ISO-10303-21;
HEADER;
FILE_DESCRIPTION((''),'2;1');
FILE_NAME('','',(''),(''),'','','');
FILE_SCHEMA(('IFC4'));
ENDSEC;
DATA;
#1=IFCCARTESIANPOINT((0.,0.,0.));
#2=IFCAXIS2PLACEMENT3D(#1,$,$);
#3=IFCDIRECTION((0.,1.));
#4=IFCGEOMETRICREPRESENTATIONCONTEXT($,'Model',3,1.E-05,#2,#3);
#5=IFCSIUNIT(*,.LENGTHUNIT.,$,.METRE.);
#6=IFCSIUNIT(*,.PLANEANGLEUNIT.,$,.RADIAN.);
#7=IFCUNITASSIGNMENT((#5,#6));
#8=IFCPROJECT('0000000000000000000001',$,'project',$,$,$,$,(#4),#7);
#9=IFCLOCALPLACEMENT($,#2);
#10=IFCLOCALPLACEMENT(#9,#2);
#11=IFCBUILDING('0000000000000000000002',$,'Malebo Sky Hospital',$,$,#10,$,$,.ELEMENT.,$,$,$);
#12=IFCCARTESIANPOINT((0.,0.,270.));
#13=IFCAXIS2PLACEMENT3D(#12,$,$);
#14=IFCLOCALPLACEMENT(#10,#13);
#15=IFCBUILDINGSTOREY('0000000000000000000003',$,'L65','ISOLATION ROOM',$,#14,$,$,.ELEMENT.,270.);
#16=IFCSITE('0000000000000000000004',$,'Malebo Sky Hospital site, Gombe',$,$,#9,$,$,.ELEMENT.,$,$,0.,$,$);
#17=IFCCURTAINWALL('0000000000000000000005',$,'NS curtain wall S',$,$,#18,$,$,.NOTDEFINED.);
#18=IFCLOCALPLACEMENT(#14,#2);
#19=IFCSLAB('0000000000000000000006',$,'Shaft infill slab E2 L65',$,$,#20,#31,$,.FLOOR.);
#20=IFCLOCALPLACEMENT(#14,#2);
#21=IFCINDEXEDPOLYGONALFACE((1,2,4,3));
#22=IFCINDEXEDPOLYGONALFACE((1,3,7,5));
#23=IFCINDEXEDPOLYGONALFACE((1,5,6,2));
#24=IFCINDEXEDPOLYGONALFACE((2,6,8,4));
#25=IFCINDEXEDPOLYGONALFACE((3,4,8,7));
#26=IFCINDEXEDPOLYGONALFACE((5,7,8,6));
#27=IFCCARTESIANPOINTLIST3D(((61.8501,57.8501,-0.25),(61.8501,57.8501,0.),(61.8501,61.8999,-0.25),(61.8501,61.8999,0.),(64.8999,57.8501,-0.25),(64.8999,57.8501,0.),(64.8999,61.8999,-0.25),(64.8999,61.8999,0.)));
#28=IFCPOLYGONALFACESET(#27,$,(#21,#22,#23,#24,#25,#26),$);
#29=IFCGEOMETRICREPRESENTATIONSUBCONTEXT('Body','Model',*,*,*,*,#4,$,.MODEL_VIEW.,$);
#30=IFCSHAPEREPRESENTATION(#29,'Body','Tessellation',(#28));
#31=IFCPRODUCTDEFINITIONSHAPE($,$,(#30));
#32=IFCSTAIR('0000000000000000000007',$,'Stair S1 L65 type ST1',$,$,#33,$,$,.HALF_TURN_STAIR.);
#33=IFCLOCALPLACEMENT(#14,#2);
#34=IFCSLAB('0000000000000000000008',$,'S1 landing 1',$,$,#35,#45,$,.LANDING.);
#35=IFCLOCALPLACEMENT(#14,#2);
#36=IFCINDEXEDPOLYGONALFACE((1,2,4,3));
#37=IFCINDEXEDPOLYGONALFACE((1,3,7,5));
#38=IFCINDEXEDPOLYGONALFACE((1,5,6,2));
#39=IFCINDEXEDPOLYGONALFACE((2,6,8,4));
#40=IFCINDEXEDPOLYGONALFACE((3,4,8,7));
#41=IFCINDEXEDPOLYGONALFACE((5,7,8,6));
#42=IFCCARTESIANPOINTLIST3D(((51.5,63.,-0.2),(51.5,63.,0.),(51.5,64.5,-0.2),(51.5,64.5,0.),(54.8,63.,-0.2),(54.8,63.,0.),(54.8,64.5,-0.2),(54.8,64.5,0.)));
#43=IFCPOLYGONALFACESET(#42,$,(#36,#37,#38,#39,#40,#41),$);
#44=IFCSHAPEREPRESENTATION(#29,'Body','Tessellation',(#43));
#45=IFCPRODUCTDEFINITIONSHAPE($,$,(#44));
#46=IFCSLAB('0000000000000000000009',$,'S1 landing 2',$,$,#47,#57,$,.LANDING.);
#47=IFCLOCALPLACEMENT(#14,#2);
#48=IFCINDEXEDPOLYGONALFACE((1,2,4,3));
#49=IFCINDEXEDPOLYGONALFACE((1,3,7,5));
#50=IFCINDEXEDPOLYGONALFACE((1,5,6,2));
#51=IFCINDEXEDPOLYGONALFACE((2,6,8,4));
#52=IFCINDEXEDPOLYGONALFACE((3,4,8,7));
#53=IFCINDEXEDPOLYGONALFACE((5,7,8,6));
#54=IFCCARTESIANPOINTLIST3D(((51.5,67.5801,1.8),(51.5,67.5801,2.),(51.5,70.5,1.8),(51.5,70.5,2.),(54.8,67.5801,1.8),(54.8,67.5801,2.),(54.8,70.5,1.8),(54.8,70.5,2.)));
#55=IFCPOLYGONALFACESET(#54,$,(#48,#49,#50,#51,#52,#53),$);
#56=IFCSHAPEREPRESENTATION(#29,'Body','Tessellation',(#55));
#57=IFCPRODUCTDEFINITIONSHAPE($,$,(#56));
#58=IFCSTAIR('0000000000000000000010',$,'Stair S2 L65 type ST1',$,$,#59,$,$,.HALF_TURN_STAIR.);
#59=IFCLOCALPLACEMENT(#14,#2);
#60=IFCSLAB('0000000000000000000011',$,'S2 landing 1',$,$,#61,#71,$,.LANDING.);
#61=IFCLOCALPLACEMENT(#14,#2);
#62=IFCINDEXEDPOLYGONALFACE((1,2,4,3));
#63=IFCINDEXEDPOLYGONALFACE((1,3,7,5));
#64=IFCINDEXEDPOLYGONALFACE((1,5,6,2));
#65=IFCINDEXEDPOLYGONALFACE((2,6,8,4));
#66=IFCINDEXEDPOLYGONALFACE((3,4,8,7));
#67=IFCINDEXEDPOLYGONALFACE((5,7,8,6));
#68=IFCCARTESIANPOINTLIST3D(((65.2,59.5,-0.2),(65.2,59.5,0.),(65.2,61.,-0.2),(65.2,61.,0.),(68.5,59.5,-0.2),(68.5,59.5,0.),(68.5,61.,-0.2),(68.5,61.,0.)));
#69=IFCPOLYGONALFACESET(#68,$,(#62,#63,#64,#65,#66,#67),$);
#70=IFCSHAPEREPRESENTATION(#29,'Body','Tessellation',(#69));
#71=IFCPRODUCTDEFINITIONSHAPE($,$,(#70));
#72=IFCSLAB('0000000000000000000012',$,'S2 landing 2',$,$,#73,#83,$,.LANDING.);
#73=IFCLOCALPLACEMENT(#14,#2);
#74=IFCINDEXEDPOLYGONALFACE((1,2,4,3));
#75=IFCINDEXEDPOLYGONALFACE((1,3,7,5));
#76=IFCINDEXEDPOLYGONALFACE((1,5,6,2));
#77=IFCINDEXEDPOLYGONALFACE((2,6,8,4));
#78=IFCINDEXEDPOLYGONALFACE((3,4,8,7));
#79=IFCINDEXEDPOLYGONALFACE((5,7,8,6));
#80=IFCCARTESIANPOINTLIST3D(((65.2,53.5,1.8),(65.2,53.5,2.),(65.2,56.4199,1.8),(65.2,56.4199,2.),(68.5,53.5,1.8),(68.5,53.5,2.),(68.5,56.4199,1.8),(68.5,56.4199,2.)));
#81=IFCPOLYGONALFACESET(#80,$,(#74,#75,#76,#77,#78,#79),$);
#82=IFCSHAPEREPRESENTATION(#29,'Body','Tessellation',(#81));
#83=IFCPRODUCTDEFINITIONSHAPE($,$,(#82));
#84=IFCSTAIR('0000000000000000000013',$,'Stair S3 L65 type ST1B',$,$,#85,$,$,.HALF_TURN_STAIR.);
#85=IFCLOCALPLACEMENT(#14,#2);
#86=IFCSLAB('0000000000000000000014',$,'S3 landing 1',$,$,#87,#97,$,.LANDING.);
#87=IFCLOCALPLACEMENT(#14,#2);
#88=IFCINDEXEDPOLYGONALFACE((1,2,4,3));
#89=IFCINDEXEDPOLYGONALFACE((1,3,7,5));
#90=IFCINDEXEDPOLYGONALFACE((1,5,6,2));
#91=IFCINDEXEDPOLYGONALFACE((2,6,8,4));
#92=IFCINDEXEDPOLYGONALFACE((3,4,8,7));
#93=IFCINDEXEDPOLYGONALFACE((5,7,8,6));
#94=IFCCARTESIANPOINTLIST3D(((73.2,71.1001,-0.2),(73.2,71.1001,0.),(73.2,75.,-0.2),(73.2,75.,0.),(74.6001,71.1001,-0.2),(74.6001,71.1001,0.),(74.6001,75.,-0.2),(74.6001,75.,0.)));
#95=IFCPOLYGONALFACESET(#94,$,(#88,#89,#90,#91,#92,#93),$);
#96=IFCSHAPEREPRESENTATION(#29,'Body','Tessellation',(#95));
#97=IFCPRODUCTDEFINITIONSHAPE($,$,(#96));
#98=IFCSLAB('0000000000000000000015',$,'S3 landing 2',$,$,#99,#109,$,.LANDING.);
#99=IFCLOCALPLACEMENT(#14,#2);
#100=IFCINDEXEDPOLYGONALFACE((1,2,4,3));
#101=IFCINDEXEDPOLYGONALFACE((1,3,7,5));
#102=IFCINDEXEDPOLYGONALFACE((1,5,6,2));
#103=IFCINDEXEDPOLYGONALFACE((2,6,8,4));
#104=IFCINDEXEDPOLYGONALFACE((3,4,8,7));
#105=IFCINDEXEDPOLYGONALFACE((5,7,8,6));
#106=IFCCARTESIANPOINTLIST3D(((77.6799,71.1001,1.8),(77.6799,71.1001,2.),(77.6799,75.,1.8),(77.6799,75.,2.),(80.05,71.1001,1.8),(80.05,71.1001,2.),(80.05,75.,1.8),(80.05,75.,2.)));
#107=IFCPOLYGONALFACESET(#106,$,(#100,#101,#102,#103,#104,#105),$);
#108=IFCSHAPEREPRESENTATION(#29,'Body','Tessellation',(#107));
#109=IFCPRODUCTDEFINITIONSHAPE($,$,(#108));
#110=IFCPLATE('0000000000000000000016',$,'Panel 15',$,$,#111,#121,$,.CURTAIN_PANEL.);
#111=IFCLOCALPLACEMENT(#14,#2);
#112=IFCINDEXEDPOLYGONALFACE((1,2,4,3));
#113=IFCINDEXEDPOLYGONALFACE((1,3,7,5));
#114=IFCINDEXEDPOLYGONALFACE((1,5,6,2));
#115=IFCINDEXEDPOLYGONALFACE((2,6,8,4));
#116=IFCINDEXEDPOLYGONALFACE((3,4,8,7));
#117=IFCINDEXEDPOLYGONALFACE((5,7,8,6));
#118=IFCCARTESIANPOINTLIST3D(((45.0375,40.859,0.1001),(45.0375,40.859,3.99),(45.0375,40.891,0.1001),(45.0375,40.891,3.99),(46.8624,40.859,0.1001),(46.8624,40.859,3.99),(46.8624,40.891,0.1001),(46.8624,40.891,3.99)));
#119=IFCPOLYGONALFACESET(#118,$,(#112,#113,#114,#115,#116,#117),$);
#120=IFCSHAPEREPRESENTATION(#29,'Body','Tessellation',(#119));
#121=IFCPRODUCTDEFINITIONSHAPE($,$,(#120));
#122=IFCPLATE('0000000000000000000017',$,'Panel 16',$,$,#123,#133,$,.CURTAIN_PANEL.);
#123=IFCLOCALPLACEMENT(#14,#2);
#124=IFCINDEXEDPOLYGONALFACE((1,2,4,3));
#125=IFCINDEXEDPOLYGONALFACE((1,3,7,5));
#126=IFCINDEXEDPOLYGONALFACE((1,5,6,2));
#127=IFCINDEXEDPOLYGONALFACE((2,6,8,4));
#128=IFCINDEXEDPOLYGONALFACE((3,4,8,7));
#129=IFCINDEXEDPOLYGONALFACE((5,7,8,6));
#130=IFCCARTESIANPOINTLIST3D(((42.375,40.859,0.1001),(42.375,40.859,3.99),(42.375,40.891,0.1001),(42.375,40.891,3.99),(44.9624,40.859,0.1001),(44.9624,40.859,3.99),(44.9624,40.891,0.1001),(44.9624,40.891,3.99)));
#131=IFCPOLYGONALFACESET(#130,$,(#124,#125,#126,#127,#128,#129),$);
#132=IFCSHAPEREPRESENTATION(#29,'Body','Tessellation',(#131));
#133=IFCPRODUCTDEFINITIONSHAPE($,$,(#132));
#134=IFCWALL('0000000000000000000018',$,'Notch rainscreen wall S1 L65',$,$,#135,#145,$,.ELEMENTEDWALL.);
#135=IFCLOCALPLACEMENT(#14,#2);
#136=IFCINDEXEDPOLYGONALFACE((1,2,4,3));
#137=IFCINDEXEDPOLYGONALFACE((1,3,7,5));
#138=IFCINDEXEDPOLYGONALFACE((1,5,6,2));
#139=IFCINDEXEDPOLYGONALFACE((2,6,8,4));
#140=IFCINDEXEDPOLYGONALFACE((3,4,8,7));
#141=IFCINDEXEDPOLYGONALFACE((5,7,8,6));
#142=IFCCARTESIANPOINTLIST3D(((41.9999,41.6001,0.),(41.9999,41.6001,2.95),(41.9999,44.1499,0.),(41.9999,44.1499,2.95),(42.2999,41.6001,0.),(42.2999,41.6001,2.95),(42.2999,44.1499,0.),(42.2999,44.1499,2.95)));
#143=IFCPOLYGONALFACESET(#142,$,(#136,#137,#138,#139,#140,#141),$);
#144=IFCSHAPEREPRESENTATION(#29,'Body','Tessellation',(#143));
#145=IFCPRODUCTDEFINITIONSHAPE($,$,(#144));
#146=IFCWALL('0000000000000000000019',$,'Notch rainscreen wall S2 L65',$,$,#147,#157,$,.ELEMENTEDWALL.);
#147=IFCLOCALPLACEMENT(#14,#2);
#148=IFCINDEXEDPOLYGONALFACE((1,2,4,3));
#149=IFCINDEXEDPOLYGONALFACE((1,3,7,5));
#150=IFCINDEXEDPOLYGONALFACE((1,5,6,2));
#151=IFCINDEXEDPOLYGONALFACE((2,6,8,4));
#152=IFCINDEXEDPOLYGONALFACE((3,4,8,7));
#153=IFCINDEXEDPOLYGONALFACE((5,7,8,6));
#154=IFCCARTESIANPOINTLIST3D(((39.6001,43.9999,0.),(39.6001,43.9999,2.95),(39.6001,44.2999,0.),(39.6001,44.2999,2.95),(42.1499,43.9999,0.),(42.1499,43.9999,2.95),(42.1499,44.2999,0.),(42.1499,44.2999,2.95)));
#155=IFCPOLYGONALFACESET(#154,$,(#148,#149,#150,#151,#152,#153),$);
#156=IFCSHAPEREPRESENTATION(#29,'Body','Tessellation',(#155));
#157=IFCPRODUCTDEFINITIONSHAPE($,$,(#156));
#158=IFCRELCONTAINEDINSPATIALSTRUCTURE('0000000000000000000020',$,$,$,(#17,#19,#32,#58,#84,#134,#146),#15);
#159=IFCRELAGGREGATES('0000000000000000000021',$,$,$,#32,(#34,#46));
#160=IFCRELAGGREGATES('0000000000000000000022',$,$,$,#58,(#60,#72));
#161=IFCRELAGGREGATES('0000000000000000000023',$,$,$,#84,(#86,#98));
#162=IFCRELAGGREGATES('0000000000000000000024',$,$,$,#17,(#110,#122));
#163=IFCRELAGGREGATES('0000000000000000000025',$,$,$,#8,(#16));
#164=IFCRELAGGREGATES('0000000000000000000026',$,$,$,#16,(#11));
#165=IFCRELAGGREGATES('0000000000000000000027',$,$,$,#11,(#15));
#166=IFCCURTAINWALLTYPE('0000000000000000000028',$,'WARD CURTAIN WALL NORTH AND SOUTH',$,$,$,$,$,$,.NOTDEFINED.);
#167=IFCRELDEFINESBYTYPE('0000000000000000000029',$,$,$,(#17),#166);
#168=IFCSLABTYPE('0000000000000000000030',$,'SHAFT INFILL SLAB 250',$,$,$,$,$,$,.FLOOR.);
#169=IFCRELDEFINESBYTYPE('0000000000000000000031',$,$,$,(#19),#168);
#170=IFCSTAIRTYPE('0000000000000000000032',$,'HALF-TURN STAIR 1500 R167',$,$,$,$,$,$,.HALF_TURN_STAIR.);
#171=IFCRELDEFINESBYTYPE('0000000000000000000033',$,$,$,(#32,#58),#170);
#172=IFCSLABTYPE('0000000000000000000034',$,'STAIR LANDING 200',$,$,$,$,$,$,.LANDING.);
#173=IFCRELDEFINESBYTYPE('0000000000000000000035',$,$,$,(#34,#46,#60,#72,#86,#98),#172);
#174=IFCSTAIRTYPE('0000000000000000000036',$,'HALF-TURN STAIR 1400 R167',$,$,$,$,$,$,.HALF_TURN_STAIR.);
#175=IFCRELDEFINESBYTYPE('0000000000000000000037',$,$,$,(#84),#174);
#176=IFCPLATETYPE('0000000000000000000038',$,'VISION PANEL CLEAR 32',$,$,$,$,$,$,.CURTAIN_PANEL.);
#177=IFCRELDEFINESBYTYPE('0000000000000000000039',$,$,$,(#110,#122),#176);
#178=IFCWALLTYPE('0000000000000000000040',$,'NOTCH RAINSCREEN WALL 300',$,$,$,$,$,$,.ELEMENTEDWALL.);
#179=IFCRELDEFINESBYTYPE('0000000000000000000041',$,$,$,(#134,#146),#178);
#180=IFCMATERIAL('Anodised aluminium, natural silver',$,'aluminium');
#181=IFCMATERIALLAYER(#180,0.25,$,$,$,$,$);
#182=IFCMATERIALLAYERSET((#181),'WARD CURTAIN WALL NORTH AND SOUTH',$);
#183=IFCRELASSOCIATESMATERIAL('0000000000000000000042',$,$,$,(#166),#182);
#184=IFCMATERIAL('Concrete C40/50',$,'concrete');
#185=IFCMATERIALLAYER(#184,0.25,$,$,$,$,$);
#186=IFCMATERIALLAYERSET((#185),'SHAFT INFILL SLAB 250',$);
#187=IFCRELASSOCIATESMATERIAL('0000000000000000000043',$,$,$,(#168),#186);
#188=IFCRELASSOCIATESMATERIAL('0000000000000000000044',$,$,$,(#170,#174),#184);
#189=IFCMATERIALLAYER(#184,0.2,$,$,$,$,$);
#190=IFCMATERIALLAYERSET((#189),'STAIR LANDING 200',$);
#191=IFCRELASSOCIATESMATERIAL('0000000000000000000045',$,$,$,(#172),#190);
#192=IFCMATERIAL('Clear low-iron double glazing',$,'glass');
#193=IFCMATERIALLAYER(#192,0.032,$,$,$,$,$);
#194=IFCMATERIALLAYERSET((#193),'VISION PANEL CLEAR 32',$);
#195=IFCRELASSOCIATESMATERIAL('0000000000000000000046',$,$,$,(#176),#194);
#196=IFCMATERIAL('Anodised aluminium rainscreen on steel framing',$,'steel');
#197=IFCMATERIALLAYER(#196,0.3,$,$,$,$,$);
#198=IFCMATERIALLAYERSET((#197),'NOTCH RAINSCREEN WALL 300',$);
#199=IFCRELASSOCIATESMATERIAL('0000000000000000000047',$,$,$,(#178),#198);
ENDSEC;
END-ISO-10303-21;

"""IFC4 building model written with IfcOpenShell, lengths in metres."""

from ifc_helpers import new_model, si_unit, direction, frame, frame_2d, origin, origin_2d, place, context, subcontext, project, spatial, polyline, rectangle, outline, extrude, material, layer, layer_set, type_object, element, aggregate, save


model = new_model("IFC4")

# Units and contexts
model_context = context("Model", 3, precision=1e-05, world=origin(), true_north=direction((0.0, 1.0)))
body_context = subcontext(model_context, "Body", "Model", "MODEL_VIEW")
ifc_project = project(units=[si_unit("LENGTHUNIT", "METRE"), si_unit("PLANEANGLEUNIT", "RADIAN")], contexts=[model_context])

# Site, building, storey
site_placement = place(None, origin())
site = spatial("IfcSite", under=ifc_project, at=site_placement, Name="Malebo Sky Hospital site, Gombe", CompositionType="ELEMENT", RefElevation=0.0)
building_placement = place(site_placement, origin())
building = spatial("IfcBuilding", under=site, at=building_placement, Name="Malebo Sky Hospital", CompositionType="ELEMENT")
storey_placement = place(building_placement, frame((0.0, 0.0, 270.0)))
storey = spatial("IfcBuildingStorey", under=building, at=storey_placement, Name="L65", Description="ISOLATION ROOM", CompositionType="ELEMENT", Elevation=270.0)

# Shared definitions
ifc_material_1 = material(Name="Anodised aluminium, natural silver", Category="aluminium")

# Curtain wall
ifc_layer_1 = layer(ifc_material_1, 0.25)
ifc_layer_set_1 = layer_set([ifc_layer_1], Name="WARD CURTAIN WALL NORTH AND SOUTH")
curtain_wall_type_1 = type_object("IfcCurtainWallType", Name="WARD CURTAIN WALL NORTH AND SOUTH", PredefinedType="NOTDEFINED", material=ifc_layer_set_1)
curtain_wall_1_placement = place(storey_placement, origin())
curtain_wall_1 = element("IfcCurtainWall", 1, at=curtain_wall_1_placement, inside=storey, type_object=curtain_wall_type_1, Name="NS curtain wall S", PredefinedType="NOTDEFINED")

# Slab
ifc_material_2 = material(Name="Concrete C40/50", Category="concrete")
ifc_layer_2 = layer(ifc_material_2, 0.25)
ifc_layer_set_2 = layer_set([ifc_layer_2], Name="SHAFT INFILL SLAB 250")
slab_type_1 = type_object("IfcSlabType", Name="SHAFT INFILL SLAB 250", PredefinedType="FLOOR", material=ifc_layer_set_2)
slab_1_placement = place(storey_placement, frame((0.0, 0.0, -0.25)))
element("IfcSlab", 2, at=slab_1_placement, inside=storey, type_object=slab_type_1, Name="Shaft infill slab E2 L65", PredefinedType="FLOOR", context=body_context, shape_type="SweptSolid", body=[
    extrude(outline(polyline([(61.8501, 57.8501), (64.8999, 57.8501), (64.8999, 61.8999), (61.8501, 61.8999), (61.8501, 57.8501)])), origin(), (0.0, 0.0, 1.0), 0.25),
])

# Stairs, slabs
stair_type_1 = type_object("IfcStairType", Name="HALF-TURN STAIR 1500 R167", PredefinedType="HALF_TURN_STAIR", material=ifc_material_2)
stair_1_placement = place(storey_placement, origin())
stair_1 = element("IfcStair", 3, at=stair_1_placement, inside=storey, type_object=stair_type_1, Name="Stair S1 L65 type ST1", PredefinedType="HALF_TURN_STAIR")
ifc_layer_3 = layer(ifc_material_2, 0.2)
ifc_layer_set_3 = layer_set([ifc_layer_3], Name="STAIR LANDING 200")
slab_type_2 = type_object("IfcSlabType", Name="STAIR LANDING 200", PredefinedType="LANDING", material=ifc_layer_set_3)
slab_2_placement = place(storey_placement, frame((0.0, 0.0, -0.2)))
slab_2 = element("IfcSlab", 4, at=slab_2_placement, type_object=slab_type_2, Name="S1 landing 1", PredefinedType="LANDING", context=body_context, shape_type="SweptSolid", body=[
    extrude(outline(polyline([(51.5, 63.0), (54.8, 63.0), (54.8, 64.5), (51.5, 64.5), (51.5, 63.0)])), origin(), (0.0, 0.0, 1.0), 0.2),
])
slab_3_placement = place(storey_placement, frame((0.0, 0.0, 1.8)))
slab_3 = element("IfcSlab", 5, at=slab_3_placement, type_object=slab_type_2, Name="S1 landing 2", PredefinedType="LANDING", context=body_context, shape_type="SweptSolid", body=[
    extrude(outline(polyline([(51.5, 67.5801), (54.8, 67.5801), (54.8, 70.5), (51.5, 70.5), (51.5, 67.5801)])), origin(), (0.0, 0.0, 1.0), 0.2),
])
aggregate(stair_1, [slab_2, slab_3])
stair_2_placement = place(storey_placement, origin())
stair_2 = element("IfcStair", 6, at=stair_2_placement, inside=storey, type_object=stair_type_1, Name="Stair S2 L65 type ST1", PredefinedType="HALF_TURN_STAIR")
slab_4_placement = place(storey_placement, frame((0.0, 0.0, -0.2)))
slab_4 = element("IfcSlab", 7, at=slab_4_placement, type_object=slab_type_2, Name="S2 landing 1", PredefinedType="LANDING", context=body_context, shape_type="SweptSolid", body=[
    extrude(outline(polyline([(65.2, 59.5), (68.5, 59.5), (68.5, 61.0), (65.2, 61.0), (65.2, 59.5)])), origin(), (0.0, 0.0, 1.0), 0.2),
])
slab_5_placement = place(storey_placement, frame((0.0, 0.0, 1.8)))
slab_5 = element("IfcSlab", 8, at=slab_5_placement, type_object=slab_type_2, Name="S2 landing 2", PredefinedType="LANDING", context=body_context, shape_type="SweptSolid", body=[
    extrude(outline(polyline([(65.2, 53.5), (68.5, 53.5), (68.5, 56.4199), (65.2, 56.4199), (65.2, 53.5)])), origin(), (0.0, 0.0, 1.0), 0.2),
])
aggregate(stair_2, [slab_4, slab_5])
stair_type_2 = type_object("IfcStairType", Name="HALF-TURN STAIR 1400 R167", PredefinedType="HALF_TURN_STAIR", material=ifc_material_2)
stair_3_placement = place(storey_placement, origin())
stair_3 = element("IfcStair", 9, at=stair_3_placement, inside=storey, type_object=stair_type_2, Name="Stair S3 L65 type ST1B", PredefinedType="HALF_TURN_STAIR")
slab_6_placement = place(storey_placement, frame((0.0, 0.0, -0.2)))
slab_6 = element("IfcSlab", 10, at=slab_6_placement, type_object=slab_type_2, Name="S3 landing 1", PredefinedType="LANDING", context=body_context, shape_type="SweptSolid", body=[
    extrude(outline(polyline([(73.2, 71.1001), (73.2, 75.0), (74.6001, 75.0), (74.6001, 71.1001), (73.2, 71.1001)])), origin(), (0.0, 0.0, 1.0), 0.2),
])
slab_7_placement = place(storey_placement, frame((0.0, 0.0, 1.8)))
slab_7 = element("IfcSlab", 11, at=slab_7_placement, type_object=slab_type_2, Name="S3 landing 2", PredefinedType="LANDING", context=body_context, shape_type="SweptSolid", body=[
    extrude(outline(polyline([(77.6799, 71.1001), (77.6799, 75.0), (80.05, 75.0), (80.05, 71.1001), (77.6799, 71.1001)])), origin(), (0.0, 0.0, 1.0), 0.2),
])
aggregate(stair_3, [slab_6, slab_7])

# Plates
ifc_material_3 = material(Name="Clear low-iron double glazing", Category="glass")
ifc_layer_4 = layer(ifc_material_3, 0.032)
ifc_layer_set_4 = layer_set([ifc_layer_4], Name="VISION PANEL CLEAR 32")
plate_type = type_object("IfcPlateType", Name="VISION PANEL CLEAR 32", PredefinedType="CURTAIN_PANEL", material=ifc_layer_set_4)
plate_1_placement = place(storey_placement, frame((45.95, 40.875, 0.1001), z_axis=(0.0, 0.0, 1.0), x_axis=(-1.0, 0.0, 0.0)))
plate_1 = element("IfcPlate", 12, at=plate_1_placement, type_object=plate_type, Name="Panel 15", PredefinedType="CURTAIN_PANEL", context=body_context, shape_type="SweptSolid", body=[
    extrude(rectangle(XDim=1.825, YDim=0.032, at=origin_2d()), origin(), (0.0, 0.0, 1.0), 3.8899),
])
plate_2_placement = place(storey_placement, frame((43.6687, 40.875, 0.1001), z_axis=(0.0, 0.0, 1.0), x_axis=(-1.0, 0.0, 0.0)))
plate_2 = element("IfcPlate", 13, at=plate_2_placement, type_object=plate_type, Name="Panel 16", PredefinedType="CURTAIN_PANEL", context=body_context, shape_type="SweptSolid", body=[
    extrude(rectangle(XDim=2.5874, YDim=0.032, at=origin_2d()), origin(), (0.0, 0.0, 1.0), 3.8899),
])
aggregate(curtain_wall_1, [plate_1, plate_2])

# Walls
ifc_material_4 = material(Name="Anodised aluminium rainscreen on steel framing", Category="steel")
ifc_layer_5 = layer(ifc_material_4, 0.3)
ifc_layer_set_5 = layer_set([ifc_layer_5], Name="NOTCH RAINSCREEN WALL 300")
wall_type = type_object("IfcWallType", Name="NOTCH RAINSCREEN WALL 300", PredefinedType="ELEMENTEDWALL", material=ifc_layer_set_5)
for number, where, z_axis, x_axis, name in (
    (14, (42.1499, 41.6001, 0.0), (0.0, 0.0, 1.0), (0.0, 1.0, 0.0), "Notch rainscreen wall S1 L65"),
    (15, (42.1499, 44.1499, 0.0), (0.0, 0.0, 1.0), (-1.0, 0.0, 0.0), "Notch rainscreen wall S2 L65"),
):
    element("IfcWall", number, at=place(storey_placement, frame(where, z_axis=z_axis, x_axis=x_axis)), inside=storey, type_object=wall_type, Name=name, PredefinedType="ELEMENTEDWALL", context=body_context, shape_type="SweptSolid", body=[
        extrude(rectangle(XDim=2.5498, YDim=0.3, at=frame_2d((1.2749, 0.0))), origin(), (0.0, 0.0, 1.0), 2.95),
    ])

save(model, "model.ifc")
